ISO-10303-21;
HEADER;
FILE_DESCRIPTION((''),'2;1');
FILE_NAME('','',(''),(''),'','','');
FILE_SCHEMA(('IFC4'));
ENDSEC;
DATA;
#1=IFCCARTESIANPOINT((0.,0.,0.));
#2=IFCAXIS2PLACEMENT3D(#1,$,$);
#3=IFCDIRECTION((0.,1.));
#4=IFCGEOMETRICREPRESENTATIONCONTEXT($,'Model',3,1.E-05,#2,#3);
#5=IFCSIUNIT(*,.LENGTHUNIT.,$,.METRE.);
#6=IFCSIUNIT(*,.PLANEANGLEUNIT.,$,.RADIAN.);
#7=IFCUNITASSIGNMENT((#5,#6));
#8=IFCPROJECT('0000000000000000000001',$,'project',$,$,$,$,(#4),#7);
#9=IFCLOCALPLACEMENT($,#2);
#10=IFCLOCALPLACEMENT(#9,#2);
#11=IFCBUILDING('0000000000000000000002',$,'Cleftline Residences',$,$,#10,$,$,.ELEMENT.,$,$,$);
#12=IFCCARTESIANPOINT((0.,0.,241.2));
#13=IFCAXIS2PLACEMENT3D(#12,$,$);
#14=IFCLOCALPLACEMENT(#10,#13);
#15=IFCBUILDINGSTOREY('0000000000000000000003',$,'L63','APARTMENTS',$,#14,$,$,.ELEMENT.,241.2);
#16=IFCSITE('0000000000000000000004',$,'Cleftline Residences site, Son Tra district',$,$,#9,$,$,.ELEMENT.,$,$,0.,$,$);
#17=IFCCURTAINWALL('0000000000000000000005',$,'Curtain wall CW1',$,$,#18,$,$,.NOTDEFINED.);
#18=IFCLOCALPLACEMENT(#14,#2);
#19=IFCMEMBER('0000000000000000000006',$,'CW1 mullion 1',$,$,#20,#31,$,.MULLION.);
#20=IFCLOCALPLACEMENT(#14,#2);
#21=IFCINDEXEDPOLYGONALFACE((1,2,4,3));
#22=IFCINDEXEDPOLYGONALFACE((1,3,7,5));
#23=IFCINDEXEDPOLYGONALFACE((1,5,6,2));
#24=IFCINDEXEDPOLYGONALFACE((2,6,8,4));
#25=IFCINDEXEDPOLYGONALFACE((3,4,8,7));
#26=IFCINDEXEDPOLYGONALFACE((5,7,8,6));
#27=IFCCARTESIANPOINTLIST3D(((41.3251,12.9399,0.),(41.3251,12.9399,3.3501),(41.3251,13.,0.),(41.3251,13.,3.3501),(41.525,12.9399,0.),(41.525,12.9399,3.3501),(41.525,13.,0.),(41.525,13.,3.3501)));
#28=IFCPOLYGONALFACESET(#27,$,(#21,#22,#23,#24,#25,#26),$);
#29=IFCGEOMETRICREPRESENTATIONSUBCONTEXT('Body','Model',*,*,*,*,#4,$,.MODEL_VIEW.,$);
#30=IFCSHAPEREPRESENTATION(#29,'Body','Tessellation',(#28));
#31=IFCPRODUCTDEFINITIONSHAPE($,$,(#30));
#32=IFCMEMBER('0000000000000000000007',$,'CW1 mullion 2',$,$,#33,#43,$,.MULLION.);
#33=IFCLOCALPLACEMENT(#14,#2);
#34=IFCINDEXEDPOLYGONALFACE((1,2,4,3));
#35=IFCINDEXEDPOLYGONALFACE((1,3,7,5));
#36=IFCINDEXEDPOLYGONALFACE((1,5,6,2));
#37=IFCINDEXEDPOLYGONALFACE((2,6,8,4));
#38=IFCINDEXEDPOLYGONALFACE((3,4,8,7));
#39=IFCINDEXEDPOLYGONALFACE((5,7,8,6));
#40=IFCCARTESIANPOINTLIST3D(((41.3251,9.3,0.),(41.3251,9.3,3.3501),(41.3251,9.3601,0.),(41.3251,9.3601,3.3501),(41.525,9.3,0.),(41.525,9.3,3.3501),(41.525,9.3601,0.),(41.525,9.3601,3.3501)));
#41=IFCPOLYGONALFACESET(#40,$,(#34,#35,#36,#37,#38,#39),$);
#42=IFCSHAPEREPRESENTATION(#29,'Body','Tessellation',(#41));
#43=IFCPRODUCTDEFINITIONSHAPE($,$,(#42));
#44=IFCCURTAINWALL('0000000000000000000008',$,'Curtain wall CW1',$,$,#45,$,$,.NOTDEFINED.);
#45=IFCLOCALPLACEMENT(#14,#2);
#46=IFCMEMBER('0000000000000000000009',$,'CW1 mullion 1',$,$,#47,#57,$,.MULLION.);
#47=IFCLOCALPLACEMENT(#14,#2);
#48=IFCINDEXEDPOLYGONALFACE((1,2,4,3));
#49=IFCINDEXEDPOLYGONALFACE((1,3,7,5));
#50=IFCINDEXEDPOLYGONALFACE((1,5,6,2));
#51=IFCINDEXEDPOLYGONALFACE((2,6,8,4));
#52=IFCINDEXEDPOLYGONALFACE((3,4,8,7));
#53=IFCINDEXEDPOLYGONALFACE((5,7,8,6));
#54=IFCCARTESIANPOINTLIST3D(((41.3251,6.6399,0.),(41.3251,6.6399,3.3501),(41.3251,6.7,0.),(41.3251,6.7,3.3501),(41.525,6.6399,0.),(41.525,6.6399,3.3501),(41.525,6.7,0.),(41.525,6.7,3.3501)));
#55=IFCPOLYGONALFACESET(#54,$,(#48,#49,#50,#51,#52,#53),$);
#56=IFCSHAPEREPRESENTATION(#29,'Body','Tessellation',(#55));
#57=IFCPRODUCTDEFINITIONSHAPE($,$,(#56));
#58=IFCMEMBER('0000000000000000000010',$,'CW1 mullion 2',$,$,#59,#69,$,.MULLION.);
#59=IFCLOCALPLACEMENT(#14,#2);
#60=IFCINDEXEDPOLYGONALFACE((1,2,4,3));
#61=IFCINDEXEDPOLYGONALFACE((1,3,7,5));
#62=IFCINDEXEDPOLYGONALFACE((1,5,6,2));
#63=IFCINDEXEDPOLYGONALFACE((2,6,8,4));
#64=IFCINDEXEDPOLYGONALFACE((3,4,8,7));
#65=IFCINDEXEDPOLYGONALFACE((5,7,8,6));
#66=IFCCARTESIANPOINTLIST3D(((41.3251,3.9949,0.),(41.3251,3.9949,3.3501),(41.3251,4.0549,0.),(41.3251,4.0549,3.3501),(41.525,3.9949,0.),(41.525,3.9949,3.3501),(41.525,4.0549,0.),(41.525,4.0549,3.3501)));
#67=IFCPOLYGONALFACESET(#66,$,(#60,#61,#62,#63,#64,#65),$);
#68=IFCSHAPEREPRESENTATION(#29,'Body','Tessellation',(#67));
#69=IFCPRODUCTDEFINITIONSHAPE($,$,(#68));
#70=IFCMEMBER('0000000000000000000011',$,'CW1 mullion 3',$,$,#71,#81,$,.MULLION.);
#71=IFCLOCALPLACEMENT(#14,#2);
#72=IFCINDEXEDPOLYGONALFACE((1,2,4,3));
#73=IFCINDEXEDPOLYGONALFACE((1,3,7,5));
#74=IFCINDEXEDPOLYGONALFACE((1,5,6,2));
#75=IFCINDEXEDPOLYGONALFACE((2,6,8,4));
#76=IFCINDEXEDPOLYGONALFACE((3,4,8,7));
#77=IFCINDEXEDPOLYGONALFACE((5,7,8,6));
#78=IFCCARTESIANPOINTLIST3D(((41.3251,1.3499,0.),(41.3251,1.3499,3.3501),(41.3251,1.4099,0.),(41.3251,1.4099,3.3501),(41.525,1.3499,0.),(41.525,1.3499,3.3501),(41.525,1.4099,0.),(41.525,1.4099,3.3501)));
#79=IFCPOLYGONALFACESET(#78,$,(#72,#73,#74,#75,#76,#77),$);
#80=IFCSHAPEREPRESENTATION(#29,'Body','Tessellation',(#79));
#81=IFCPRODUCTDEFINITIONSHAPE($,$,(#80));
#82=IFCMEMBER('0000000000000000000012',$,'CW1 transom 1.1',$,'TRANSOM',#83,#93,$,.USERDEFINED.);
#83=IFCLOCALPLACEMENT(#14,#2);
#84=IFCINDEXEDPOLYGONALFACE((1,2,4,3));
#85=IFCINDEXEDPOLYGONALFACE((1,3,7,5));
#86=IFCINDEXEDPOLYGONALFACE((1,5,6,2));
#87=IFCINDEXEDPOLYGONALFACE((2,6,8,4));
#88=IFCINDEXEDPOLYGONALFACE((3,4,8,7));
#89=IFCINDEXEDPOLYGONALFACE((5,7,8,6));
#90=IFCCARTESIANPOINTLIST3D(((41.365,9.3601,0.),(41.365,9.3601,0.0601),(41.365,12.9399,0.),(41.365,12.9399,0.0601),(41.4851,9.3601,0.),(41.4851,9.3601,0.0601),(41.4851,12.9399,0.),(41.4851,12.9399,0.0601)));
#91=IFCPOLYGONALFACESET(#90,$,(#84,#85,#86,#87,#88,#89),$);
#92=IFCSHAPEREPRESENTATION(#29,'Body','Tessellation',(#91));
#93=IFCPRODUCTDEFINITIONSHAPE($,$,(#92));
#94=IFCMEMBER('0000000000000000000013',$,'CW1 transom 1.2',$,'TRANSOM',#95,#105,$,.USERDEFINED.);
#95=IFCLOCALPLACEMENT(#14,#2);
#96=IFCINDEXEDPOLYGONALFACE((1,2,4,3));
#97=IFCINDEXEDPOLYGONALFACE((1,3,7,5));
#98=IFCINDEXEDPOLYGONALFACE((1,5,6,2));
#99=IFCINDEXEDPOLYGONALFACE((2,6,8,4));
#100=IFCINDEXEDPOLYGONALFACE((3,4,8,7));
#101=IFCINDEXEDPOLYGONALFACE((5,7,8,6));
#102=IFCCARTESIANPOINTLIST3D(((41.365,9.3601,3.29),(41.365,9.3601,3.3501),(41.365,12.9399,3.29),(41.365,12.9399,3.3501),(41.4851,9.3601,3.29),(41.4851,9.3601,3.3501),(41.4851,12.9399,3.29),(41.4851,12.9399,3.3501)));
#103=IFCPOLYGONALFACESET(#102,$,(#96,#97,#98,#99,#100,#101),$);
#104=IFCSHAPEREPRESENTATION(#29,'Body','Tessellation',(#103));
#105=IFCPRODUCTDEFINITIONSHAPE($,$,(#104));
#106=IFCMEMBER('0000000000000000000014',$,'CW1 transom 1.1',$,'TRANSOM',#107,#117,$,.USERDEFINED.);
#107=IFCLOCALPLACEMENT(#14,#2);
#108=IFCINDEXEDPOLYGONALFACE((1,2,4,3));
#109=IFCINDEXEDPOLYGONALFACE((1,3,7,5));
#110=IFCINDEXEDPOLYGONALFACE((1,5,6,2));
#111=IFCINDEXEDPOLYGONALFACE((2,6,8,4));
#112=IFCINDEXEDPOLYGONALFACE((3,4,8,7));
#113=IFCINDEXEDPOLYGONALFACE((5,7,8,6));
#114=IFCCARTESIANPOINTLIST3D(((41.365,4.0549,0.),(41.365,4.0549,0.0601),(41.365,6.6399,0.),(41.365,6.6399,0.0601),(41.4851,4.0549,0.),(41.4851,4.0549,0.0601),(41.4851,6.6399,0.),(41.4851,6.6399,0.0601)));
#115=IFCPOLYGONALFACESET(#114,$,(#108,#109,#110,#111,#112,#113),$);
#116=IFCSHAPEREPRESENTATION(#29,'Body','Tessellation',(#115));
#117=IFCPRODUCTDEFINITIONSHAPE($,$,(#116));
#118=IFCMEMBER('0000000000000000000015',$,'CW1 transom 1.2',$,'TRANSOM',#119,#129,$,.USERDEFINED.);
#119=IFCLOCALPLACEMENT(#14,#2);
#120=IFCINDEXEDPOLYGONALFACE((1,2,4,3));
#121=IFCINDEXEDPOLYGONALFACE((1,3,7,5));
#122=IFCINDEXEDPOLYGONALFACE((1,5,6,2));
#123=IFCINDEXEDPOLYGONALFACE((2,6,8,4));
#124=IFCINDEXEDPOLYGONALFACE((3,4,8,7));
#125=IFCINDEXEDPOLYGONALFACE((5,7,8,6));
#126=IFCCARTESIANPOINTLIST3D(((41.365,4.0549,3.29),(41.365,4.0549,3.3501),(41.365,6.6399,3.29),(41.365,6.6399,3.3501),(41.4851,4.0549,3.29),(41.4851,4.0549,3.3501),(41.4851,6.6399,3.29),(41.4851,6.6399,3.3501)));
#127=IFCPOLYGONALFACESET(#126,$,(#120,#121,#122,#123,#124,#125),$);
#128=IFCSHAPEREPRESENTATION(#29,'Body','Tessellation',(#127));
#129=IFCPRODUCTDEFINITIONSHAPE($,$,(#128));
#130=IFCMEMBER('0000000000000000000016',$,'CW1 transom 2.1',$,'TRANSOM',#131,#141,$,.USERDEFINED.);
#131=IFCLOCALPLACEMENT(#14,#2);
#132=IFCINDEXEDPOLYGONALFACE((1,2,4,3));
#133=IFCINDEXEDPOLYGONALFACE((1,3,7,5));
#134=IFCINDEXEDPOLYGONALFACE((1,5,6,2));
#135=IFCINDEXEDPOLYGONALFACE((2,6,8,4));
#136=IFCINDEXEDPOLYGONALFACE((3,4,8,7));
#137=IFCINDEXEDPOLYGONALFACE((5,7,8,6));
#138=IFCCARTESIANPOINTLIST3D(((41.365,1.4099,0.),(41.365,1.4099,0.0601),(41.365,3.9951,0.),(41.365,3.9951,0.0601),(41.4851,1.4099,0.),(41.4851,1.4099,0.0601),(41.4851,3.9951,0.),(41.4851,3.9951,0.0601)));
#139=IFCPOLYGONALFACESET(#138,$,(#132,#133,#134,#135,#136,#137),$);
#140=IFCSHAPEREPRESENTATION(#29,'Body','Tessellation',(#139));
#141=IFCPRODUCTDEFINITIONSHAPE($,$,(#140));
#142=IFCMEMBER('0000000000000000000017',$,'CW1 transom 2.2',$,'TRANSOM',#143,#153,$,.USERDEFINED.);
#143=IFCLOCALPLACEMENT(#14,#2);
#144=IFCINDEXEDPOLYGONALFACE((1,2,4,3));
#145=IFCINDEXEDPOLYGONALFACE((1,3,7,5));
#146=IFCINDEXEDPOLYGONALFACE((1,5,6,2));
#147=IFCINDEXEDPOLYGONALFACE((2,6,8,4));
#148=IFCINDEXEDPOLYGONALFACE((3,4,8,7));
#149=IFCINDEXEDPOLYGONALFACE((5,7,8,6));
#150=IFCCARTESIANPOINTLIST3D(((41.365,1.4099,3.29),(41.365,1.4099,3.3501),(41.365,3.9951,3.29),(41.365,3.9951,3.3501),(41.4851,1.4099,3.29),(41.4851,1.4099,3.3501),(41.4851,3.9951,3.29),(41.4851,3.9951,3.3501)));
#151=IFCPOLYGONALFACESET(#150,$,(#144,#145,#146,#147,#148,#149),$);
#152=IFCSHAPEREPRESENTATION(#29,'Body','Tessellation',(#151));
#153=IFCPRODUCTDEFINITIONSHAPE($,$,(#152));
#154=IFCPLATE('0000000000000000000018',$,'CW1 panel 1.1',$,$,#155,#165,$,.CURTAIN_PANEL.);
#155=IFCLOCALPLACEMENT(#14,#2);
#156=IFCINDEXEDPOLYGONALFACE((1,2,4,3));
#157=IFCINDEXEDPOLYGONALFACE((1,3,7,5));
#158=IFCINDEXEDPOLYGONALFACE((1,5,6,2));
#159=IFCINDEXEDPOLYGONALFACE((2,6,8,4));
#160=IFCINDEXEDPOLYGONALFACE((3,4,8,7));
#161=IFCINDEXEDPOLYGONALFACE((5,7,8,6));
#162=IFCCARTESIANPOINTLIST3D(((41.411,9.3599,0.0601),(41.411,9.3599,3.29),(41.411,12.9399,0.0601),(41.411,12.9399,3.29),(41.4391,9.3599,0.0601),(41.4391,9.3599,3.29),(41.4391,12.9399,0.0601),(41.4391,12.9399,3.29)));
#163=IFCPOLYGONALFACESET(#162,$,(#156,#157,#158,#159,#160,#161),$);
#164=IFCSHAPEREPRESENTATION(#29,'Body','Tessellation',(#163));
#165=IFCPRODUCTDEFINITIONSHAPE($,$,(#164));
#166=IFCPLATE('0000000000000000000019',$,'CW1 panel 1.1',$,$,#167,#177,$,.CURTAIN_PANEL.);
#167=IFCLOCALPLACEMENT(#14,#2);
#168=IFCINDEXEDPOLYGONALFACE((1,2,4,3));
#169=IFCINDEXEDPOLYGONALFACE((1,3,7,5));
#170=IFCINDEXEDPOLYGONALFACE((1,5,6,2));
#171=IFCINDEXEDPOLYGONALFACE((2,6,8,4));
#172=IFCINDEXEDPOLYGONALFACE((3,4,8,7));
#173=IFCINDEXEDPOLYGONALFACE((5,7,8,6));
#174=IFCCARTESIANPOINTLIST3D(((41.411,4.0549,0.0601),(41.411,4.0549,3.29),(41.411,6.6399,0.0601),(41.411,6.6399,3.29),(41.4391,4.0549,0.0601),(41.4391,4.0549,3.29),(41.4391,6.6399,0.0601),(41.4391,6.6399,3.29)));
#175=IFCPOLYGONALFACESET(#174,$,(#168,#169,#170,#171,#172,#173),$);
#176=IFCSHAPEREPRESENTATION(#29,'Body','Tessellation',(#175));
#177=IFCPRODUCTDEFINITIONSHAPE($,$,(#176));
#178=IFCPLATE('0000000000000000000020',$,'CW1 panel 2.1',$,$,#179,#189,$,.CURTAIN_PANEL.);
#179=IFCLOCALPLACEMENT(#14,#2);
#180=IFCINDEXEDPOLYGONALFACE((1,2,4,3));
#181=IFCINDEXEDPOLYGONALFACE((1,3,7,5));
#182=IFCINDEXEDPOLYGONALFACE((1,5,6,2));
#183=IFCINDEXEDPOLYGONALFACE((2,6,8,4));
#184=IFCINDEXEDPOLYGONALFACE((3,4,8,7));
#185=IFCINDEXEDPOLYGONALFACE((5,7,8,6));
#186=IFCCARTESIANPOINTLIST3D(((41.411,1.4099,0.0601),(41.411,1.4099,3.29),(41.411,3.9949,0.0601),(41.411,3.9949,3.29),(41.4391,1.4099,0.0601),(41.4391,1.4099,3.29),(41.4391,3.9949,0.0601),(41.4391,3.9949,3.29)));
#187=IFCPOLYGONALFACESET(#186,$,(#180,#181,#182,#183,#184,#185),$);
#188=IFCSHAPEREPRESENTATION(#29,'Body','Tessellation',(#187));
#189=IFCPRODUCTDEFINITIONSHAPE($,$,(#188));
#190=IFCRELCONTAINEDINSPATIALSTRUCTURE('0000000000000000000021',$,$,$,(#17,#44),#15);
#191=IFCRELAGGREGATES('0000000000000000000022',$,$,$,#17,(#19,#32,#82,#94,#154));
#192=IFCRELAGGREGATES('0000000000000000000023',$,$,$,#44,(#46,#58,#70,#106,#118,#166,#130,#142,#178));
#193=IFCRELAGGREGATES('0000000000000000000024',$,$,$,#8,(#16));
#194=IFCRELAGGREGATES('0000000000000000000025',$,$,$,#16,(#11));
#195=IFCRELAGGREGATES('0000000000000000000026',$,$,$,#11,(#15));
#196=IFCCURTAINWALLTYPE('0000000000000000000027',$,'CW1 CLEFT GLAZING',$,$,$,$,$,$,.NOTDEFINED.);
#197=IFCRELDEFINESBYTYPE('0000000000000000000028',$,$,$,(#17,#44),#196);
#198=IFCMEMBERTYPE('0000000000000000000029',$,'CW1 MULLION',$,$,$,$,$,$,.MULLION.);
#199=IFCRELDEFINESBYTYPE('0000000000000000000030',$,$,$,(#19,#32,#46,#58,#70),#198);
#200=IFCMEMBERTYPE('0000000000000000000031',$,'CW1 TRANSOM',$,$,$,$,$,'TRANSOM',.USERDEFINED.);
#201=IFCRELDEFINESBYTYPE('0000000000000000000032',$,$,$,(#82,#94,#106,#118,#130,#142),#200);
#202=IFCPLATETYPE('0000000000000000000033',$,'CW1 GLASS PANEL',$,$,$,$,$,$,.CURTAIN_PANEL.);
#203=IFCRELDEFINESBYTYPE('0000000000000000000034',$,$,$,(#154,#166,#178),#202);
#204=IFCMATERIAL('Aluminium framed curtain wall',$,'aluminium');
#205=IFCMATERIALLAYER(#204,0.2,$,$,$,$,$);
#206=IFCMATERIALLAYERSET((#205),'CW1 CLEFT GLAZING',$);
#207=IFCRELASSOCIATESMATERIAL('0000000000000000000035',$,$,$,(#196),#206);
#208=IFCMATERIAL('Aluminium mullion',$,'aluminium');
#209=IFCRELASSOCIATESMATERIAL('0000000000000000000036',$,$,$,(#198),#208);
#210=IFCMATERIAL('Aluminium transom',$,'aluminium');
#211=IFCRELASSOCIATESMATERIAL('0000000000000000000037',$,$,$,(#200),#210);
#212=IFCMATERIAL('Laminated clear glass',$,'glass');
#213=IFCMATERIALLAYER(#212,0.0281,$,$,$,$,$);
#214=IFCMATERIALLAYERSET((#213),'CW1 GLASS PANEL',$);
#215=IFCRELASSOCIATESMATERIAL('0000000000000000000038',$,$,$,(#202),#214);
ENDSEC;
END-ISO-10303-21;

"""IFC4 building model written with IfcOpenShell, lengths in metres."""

from ifc_helpers import new_model, si_unit, direction, frame, origin, origin_2d, place, context, subcontext, project, spatial, rectangle, extrude, material, layer, layer_set, material_profile, profile_set, type_object, element, aggregate, save


model = new_model("IFC4")

# Units and contexts
model_context = context("Model", 3, precision=1e-05, world=origin(), true_north=direction((0.0, 1.0)))
body_context = subcontext(model_context, "Body", "Model", "MODEL_VIEW")
ifc_project = project(units=[si_unit("LENGTHUNIT", "METRE"), si_unit("PLANEANGLEUNIT", "RADIAN")], contexts=[model_context])

# Site, building, storey
site_placement = place(None, origin())
site = spatial("IfcSite", under=ifc_project, at=site_placement, Name="Cleftline Residences site, Son Tra district", CompositionType="ELEMENT", RefElevation=0.0)
building_placement = place(site_placement, origin())
building = spatial("IfcBuilding", under=site, at=building_placement, Name="Cleftline Residences", CompositionType="ELEMENT")
storey_placement = place(building_placement, frame((0.0, 0.0, 241.2)))
storey = spatial("IfcBuildingStorey", under=building, at=storey_placement, Name="L63", Description="APARTMENTS", CompositionType="ELEMENT", Elevation=241.2)

# Curtain walls, members
ifc_material_1 = material(Name="Aluminium framed curtain wall", Category="aluminium")
ifc_layer_1 = layer(ifc_material_1, 0.2)
ifc_layer_set_1 = layer_set([ifc_layer_1], Name="CW1 CLEFT GLAZING")
curtain_wall_type = type_object("IfcCurtainWallType", Name="CW1 CLEFT GLAZING", PredefinedType="NOTDEFINED", material=ifc_layer_set_1)
curtain_wall_1_placement = place(storey_placement, origin())
curtain_wall_1 = element("IfcCurtainWall", 1, at=curtain_wall_1_placement, inside=storey, type_object=curtain_wall_type, Name="Curtain wall CW1", PredefinedType="NOTDEFINED")
ifc_material_2 = material(Name="Aluminium mullion", Category="aluminium")
ifc_material_profile_1 = material_profile(ifc_material_2, rectangle(XDim=0.2, YDim=0.0601, at=origin_2d()))
ifc_profile_set_1 = profile_set([ifc_material_profile_1], Name="Aluminium mullion")
member_type_1 = type_object("IfcMemberType", Name="CW1 MULLION", PredefinedType="MULLION", material=ifc_profile_set_1)
member_1_placement = place(storey_placement, frame((41.425, 12.97, 0.0), z_axis=(0.0, 0.0, 1.0), x_axis=(1.0, 0.0, 0.0)))
member_1 = element("IfcMember", 2, at=member_1_placement, type_object=member_type_1, Name="CW1 mullion 1", PredefinedType="MULLION", context=body_context, shape_type="SweptSolid", body=[
    extrude(rectangle(XDim=0.2, YDim=0.0601, at=origin_2d()), origin(), (0.0, 0.0, 1.0), 3.3501),
])
member_2_placement = place(storey_placement, frame((41.425, 9.3301, 0.0), z_axis=(0.0, 0.0, 1.0), x_axis=(1.0, 0.0, 0.0)))
member_2 = element("IfcMember", 3, at=member_2_placement, type_object=member_type_1, Name="CW1 mullion 2", PredefinedType="MULLION", context=body_context, shape_type="SweptSolid", body=[
    extrude(rectangle(XDim=0.2, YDim=0.0601, at=origin_2d()), origin(), (0.0, 0.0, 1.0), 3.3501),
])
curtain_wall_2_placement = place(storey_placement, origin())
curtain_wall_2 = element("IfcCurtainWall", 4, at=curtain_wall_2_placement, inside=storey, type_object=curtain_wall_type, Name="Curtain wall CW1", PredefinedType="NOTDEFINED")
member_3_placement = place(storey_placement, frame((41.425, 6.6699, 0.0), z_axis=(0.0, 0.0, 1.0), x_axis=(1.0, 0.0, 0.0)))
member_3 = element("IfcMember", 5, at=member_3_placement, type_object=member_type_1, Name="CW1 mullion 1", PredefinedType="MULLION", context=body_context, shape_type="SweptSolid", body=[
    extrude(rectangle(XDim=0.2, YDim=0.0601, at=origin_2d()), origin(), (0.0, 0.0, 1.0), 3.3501),
])
member_4_placement = place(storey_placement, frame((41.425, 4.0249, 0.0), z_axis=(0.0, 0.0, 1.0), x_axis=(1.0, 0.0, 0.0)))
member_4 = element("IfcMember", 6, at=member_4_placement, type_object=member_type_1, Name="CW1 mullion 2", PredefinedType="MULLION", context=body_context, shape_type="SweptSolid", body=[
    extrude(rectangle(XDim=0.2, YDim=0.0601, at=origin_2d()), origin(), (0.0, 0.0, 1.0), 3.3501),
])
member_5_placement = place(storey_placement, frame((41.425, 1.3799, 0.0), z_axis=(0.0, 0.0, 1.0), x_axis=(1.0, 0.0, 0.0)))
member_5 = element("IfcMember", 7, at=member_5_placement, type_object=member_type_1, Name="CW1 mullion 3", PredefinedType="MULLION", context=body_context, shape_type="SweptSolid", body=[
    extrude(rectangle(XDim=0.2, YDim=0.0601, at=origin_2d()), origin(), (0.0, 0.0, 1.0), 3.3501),
])

# Members
ifc_material_3 = material(Name="Aluminium transom", Category="aluminium")
ifc_material_profile_2 = material_profile(ifc_material_3, rectangle(XDim=0.1201, YDim=0.0601, at=origin_2d()))
ifc_profile_set_2 = profile_set([ifc_material_profile_2], Name="Aluminium transom")
member_type_2 = type_object("IfcMemberType", Name="CW1 TRANSOM", ElementType="TRANSOM", PredefinedType="USERDEFINED", material=ifc_profile_set_2)
member_6_placement = place(storey_placement, frame((41.425, 12.9399, 0.03), z_axis=(0.0, -1.0, 0.0), x_axis=(1.0, 0.0, 0.0)))
member_6 = element("IfcMember", 8, at=member_6_placement, type_object=member_type_2, Name="CW1 transom 1.1", ObjectType="TRANSOM", PredefinedType="USERDEFINED", context=body_context, shape_type="SweptSolid", body=[
    extrude(rectangle(XDim=0.1201, YDim=0.0601, at=origin_2d()), origin(), (0.0, 0.0, 1.0), 3.5798),
])
member_7_placement = place(storey_placement, frame((41.425, 12.9399, 3.3201), z_axis=(0.0, -1.0, 0.0), x_axis=(1.0, 0.0, 0.0)))
member_7 = element("IfcMember", 9, at=member_7_placement, type_object=member_type_2, Name="CW1 transom 1.2", ObjectType="TRANSOM", PredefinedType="USERDEFINED", context=body_context, shape_type="SweptSolid", body=[
    extrude(rectangle(XDim=0.1201, YDim=0.0601, at=origin_2d()), origin(), (0.0, 0.0, 1.0), 3.5798),
])
member_8_placement = place(storey_placement, frame((41.425, 6.6399, 0.03), z_axis=(0.0, -1.0, 0.0), x_axis=(1.0, 0.0, 0.0)))
member_8 = element("IfcMember", 10, at=member_8_placement, type_object=member_type_2, Name="CW1 transom 1.1", ObjectType="TRANSOM", PredefinedType="USERDEFINED", context=body_context, shape_type="SweptSolid", body=[
    extrude(rectangle(XDim=0.1201, YDim=0.0601, at=origin_2d()), origin(), (0.0, 0.0, 1.0), 2.585),
])
member_9_placement = place(storey_placement, frame((41.425, 6.6399, 3.3201), z_axis=(0.0, -1.0, 0.0), x_axis=(1.0, 0.0, 0.0)))
member_9 = element("IfcMember", 11, at=member_9_placement, type_object=member_type_2, Name="CW1 transom 1.2", ObjectType="TRANSOM", PredefinedType="USERDEFINED", context=body_context, shape_type="SweptSolid", body=[
    extrude(rectangle(XDim=0.1201, YDim=0.0601, at=origin_2d()), origin(), (0.0, 0.0, 1.0), 2.585),
])
member_10_placement = place(storey_placement, frame((41.425, 3.9951, 0.03), z_axis=(0.0, -1.0, 0.0), x_axis=(1.0, 0.0, 0.0)))
member_10 = element("IfcMember", 12, at=member_10_placement, type_object=member_type_2, Name="CW1 transom 2.1", ObjectType="TRANSOM", PredefinedType="USERDEFINED", context=body_context, shape_type="SweptSolid", body=[
    extrude(rectangle(XDim=0.1201, YDim=0.0601, at=origin_2d()), origin(), (0.0, 0.0, 1.0), 2.5852),
])
member_11_placement = place(storey_placement, frame((41.425, 3.9951, 3.3201), z_axis=(0.0, -1.0, 0.0), x_axis=(1.0, 0.0, 0.0)))
member_11 = element("IfcMember", 13, at=member_11_placement, type_object=member_type_2, Name="CW1 transom 2.2", ObjectType="TRANSOM", PredefinedType="USERDEFINED", context=body_context, shape_type="SweptSolid", body=[
    extrude(rectangle(XDim=0.1201, YDim=0.0601, at=origin_2d()), origin(), (0.0, 0.0, 1.0), 2.5852),
])

# Plates
ifc_material_4 = material(Name="Laminated clear glass", Category="glass")
ifc_layer_2 = layer(ifc_material_4, 0.0281)
ifc_layer_set_2 = layer_set([ifc_layer_2], Name="CW1 GLASS PANEL")
plate_type = type_object("IfcPlateType", Name="CW1 GLASS PANEL", PredefinedType="CURTAIN_PANEL", material=ifc_layer_set_2)
plate_1_placement = place(storey_placement, frame((41.425, 11.1499, 0.0601), z_axis=(0.0, 0.0, 1.0), x_axis=(0.0, -1.0, 0.0)))
plate_1 = element("IfcPlate", 14, at=plate_1_placement, type_object=plate_type, Name="CW1 panel 1.1", PredefinedType="CURTAIN_PANEL", context=body_context, shape_type="SweptSolid", body=[
    extrude(rectangle(XDim=3.5801, YDim=0.0281, at=origin_2d()), origin(), (0.0, 0.0, 1.0), 3.23),
])
aggregate(curtain_wall_1, [member_1, member_2, member_6, member_7, plate_1])
plate_2_placement = place(storey_placement, frame((41.425, 5.3474, 0.0601), z_axis=(0.0, 0.0, 1.0), x_axis=(0.0, -1.0, 0.0)))
plate_2 = element("IfcPlate", 15, at=plate_2_placement, type_object=plate_type, Name="CW1 panel 1.1", PredefinedType="CURTAIN_PANEL", context=body_context, shape_type="SweptSolid", body=[
    extrude(rectangle(XDim=2.585, YDim=0.0281, at=origin_2d()), origin(), (0.0, 0.0, 1.0), 3.23),
])
plate_3_placement = place(storey_placement, frame((41.425, 2.7024, 0.0601), z_axis=(0.0, 0.0, 1.0), x_axis=(0.0, -1.0, 0.0)))
plate_3 = element("IfcPlate", 16, at=plate_3_placement, type_object=plate_type, Name="CW1 panel 2.1", PredefinedType="CURTAIN_PANEL", context=body_context, shape_type="SweptSolid", body=[
    extrude(rectangle(XDim=2.585, YDim=0.0281, at=origin_2d()), origin(), (0.0, 0.0, 1.0), 3.23),
])
aggregate(curtain_wall_2, [member_3, member_4, member_5, member_8, member_9, plate_2, member_10, member_11, plate_3])

save(model, "model.ifc")
